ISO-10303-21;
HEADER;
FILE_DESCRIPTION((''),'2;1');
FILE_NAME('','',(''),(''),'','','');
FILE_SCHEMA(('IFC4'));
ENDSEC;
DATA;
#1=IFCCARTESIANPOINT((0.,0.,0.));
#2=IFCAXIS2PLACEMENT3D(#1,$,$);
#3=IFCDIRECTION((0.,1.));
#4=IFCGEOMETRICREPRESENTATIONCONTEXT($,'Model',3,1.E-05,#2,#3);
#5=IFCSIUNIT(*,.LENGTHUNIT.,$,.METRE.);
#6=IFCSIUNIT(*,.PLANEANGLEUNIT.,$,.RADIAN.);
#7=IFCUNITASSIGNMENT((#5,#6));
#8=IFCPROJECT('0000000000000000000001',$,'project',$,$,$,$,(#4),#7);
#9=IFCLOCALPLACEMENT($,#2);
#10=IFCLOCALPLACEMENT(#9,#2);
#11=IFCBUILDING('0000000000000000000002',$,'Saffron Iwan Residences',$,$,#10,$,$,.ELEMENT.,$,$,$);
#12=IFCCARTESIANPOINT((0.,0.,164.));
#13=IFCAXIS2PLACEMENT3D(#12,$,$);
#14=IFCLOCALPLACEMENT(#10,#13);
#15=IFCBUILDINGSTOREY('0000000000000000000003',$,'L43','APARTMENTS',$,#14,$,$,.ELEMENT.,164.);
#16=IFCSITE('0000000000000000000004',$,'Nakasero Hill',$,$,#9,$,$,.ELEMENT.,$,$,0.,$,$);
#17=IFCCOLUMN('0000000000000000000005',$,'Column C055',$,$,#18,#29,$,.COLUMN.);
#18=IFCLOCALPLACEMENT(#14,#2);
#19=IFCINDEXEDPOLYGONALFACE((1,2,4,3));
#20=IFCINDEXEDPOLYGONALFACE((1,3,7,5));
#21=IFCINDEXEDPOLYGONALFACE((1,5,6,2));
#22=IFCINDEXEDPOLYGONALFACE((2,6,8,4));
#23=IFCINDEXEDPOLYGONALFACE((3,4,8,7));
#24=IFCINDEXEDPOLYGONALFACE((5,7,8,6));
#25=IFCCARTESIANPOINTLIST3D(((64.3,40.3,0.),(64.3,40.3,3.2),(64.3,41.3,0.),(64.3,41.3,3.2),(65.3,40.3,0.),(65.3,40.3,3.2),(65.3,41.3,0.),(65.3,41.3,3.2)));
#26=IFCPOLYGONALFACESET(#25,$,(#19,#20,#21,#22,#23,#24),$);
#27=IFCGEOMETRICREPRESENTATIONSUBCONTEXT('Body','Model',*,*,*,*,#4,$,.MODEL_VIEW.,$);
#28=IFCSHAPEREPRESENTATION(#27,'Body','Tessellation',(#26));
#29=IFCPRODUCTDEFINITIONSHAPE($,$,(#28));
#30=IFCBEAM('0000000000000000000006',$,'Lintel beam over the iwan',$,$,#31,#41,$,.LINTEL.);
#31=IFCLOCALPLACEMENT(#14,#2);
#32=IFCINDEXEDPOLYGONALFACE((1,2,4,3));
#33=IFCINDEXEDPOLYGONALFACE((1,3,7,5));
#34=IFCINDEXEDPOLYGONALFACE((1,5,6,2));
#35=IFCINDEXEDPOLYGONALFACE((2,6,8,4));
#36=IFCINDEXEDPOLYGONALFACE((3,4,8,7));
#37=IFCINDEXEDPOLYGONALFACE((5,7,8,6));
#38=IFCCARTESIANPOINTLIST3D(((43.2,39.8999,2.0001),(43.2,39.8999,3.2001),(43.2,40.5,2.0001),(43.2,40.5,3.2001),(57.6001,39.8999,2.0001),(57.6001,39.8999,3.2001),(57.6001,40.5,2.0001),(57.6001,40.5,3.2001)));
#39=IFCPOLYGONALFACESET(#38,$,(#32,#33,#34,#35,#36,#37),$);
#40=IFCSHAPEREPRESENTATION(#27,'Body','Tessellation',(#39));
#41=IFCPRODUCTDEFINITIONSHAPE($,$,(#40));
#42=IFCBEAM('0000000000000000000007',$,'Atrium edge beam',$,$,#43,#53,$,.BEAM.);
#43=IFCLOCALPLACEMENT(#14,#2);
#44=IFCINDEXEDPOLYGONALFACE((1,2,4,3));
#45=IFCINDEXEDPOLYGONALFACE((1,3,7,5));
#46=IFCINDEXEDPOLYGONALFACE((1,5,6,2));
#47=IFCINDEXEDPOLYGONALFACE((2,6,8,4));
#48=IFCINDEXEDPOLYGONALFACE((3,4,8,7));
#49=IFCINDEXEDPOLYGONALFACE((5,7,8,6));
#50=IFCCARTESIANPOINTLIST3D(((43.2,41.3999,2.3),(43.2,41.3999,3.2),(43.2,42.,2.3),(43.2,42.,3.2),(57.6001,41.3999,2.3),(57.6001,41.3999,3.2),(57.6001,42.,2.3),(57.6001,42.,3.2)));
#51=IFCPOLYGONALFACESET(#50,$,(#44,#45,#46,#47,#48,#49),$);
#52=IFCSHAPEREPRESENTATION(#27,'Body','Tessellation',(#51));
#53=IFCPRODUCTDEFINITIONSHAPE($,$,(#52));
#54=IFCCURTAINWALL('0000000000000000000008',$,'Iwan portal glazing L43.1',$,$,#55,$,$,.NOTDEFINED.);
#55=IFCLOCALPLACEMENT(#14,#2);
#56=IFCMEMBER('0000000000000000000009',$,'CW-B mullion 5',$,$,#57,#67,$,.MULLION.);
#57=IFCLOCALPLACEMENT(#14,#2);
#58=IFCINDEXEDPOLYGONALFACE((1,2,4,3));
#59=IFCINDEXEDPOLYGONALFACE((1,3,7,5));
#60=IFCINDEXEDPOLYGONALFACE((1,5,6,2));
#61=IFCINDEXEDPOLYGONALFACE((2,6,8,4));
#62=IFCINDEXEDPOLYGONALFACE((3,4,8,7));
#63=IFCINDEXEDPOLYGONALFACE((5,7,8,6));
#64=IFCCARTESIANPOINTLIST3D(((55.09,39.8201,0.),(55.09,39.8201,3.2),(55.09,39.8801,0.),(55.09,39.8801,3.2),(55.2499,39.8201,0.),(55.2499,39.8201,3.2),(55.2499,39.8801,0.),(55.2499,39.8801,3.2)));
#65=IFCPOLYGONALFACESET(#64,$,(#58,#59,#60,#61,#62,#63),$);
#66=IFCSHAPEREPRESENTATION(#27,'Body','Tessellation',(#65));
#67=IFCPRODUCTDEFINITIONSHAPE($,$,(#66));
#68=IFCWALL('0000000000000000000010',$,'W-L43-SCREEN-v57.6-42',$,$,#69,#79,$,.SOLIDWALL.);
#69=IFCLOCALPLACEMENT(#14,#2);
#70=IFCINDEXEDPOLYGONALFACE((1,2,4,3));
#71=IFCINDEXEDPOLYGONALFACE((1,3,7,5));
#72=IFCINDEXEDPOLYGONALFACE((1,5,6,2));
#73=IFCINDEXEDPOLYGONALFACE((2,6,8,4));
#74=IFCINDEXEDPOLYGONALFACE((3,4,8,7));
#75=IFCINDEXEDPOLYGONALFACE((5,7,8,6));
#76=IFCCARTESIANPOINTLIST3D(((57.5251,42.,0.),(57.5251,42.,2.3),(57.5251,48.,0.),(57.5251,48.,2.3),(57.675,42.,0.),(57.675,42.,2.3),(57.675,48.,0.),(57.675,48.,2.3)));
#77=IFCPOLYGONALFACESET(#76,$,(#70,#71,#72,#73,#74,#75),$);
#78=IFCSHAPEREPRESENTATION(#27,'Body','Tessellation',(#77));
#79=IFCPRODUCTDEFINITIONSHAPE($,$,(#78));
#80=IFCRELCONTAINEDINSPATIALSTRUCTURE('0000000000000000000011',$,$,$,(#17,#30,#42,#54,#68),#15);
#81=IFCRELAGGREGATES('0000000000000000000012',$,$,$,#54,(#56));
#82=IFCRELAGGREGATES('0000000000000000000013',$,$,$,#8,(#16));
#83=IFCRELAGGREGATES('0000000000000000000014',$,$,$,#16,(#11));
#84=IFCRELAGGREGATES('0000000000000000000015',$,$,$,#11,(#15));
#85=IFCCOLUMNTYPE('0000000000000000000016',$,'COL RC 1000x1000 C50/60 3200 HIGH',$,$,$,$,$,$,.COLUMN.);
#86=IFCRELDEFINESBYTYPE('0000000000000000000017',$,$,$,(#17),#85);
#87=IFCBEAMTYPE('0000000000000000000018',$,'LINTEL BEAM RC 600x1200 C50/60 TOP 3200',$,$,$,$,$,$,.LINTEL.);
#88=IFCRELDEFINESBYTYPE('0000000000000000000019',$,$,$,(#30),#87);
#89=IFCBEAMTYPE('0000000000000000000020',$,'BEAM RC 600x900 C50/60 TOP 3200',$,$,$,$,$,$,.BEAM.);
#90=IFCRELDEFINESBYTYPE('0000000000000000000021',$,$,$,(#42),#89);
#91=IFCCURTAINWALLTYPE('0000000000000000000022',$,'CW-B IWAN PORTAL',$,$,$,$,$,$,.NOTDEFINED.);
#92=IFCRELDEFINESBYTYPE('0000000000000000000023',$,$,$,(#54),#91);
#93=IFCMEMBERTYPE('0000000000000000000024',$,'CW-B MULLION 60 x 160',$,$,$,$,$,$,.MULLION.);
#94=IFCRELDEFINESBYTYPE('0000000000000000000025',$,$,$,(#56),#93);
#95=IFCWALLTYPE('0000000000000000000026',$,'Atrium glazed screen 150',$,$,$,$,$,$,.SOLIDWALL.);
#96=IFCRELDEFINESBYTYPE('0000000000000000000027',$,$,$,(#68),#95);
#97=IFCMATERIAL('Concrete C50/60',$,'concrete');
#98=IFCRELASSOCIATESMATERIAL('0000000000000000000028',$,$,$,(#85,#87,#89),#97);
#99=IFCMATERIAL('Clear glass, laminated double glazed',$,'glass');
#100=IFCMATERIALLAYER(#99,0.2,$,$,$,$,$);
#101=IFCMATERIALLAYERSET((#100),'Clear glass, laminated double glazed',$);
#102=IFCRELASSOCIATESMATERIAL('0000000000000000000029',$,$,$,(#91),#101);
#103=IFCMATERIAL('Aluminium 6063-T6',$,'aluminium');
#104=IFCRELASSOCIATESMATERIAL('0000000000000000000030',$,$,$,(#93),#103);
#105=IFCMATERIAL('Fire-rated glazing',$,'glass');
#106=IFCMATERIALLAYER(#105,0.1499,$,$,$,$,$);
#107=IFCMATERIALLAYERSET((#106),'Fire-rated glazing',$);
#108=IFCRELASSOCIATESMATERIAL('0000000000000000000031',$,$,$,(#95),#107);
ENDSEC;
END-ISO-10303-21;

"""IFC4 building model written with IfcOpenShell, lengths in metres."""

from ifc_helpers import new_model, si_unit, direction, frame, frame_2d, origin, origin_2d, place, context, subcontext, project, spatial, rectangle, extrude, source, transform, mapped, material, layer, layer_set, material_profile, profile_set, type_object, element, aggregate, save


model = new_model("IFC4")

# Units and contexts
model_context = context("Model", 3, precision=1e-05, world=origin(), true_north=direction((0.0, 1.0)))
body_context = subcontext(model_context, "Body", "Model", "MODEL_VIEW")
ifc_project = project(units=[si_unit("LENGTHUNIT", "METRE"), si_unit("PLANEANGLEUNIT", "RADIAN")], contexts=[model_context])

# Site, building, storey
site_placement = place(None, origin())
site = spatial("IfcSite", under=ifc_project, at=site_placement, Name="Nakasero Hill", CompositionType="ELEMENT", RefElevation=0.0)
building_placement = place(site_placement, origin())
building = spatial("IfcBuilding", under=site, at=building_placement, Name="Saffron Iwan Residences", CompositionType="ELEMENT")
storey_placement = place(building_placement, frame((0.0, 0.0, 164.0)))
storey = spatial("IfcBuildingStorey", under=building, at=storey_placement, Name="L43", Description="APARTMENTS", CompositionType="ELEMENT", Elevation=164.0)

# Column
ifc_material_1 = material(Name="Concrete C50/60", Category="concrete")
ifc_material_profile_1 = material_profile(ifc_material_1, rectangle(XDim=1.0, YDim=1.0, at=origin_2d()), Name="RC 1000x1000")
ifc_profile_set_1 = profile_set([ifc_material_profile_1], Name="Concrete C50/60")
column_type = type_object("IfcColumnType", Name="COL RC 1000x1000 C50/60 3200 HIGH", PredefinedType="COLUMN", material=ifc_profile_set_1)
shared_shape_1 = source(origin(), body_context, "Body", "SweptSolid", [
    extrude(rectangle(XDim=1.0, YDim=1.0, at=origin_2d()), origin(), (0.0, 0.0, 1.0), 3.2),
])
column_placement = place(storey_placement, frame((64.8, 40.8, 0.0), z_axis=(0.0, 0.0, 1.0), x_axis=(1.0, 0.0, 0.0)))
element("IfcColumn", 1, at=column_placement, inside=storey, type_object=column_type, Name="Column C055", PredefinedType="COLUMN", context=body_context, shape_type="MappedRepresentation", body=[
    mapped(shared_shape_1, transform((0.0, 0.0, 0.0))),
])

# Beams
ifc_material_profile_2 = material_profile(ifc_material_1, rectangle(XDim=0.6001, YDim=1.2, at=origin_2d()), Name="RC 600x1200")
ifc_profile_set_2 = profile_set([ifc_material_profile_2], Name="Concrete C50/60")
beam_type_1 = type_object("IfcBeamType", Name="LINTEL BEAM RC 600x1200 C50/60 TOP 3200", PredefinedType="LINTEL", material=ifc_profile_set_2)
shared_shape_2 = source(origin(), body_context, "Body", "SweptSolid", [
    extrude(rectangle(XDim=0.6001, YDim=1.2, at=origin_2d()), origin(), (0.0, 0.0, 1.0), 14.4001),
])
beam_1_placement = place(storey_placement, frame((57.6001, 40.2, 2.6001), z_axis=(-1.0, 0.0, 0.0), x_axis=(0.0, -1.0, 0.0)))
element("IfcBeam", 2, at=beam_1_placement, inside=storey, type_object=beam_type_1, Name="Lintel beam over the iwan", PredefinedType="LINTEL", context=body_context, shape_type="MappedRepresentation", body=[
    mapped(shared_shape_2, transform((0.0, 0.0, 0.0))),
])
ifc_material_profile_3 = material_profile(ifc_material_1, rectangle(XDim=0.6001, YDim=0.8999, at=origin_2d()), Name="RC 600x900")
ifc_profile_set_3 = profile_set([ifc_material_profile_3], Name="Concrete C50/60")
beam_type_2 = type_object("IfcBeamType", Name="BEAM RC 600x900 C50/60 TOP 3200", PredefinedType="BEAM", material=ifc_profile_set_3)
shared_shape_3 = source(origin(), body_context, "Body", "SweptSolid", [
    extrude(rectangle(XDim=0.6001, YDim=0.8999, at=origin_2d()), origin(), (0.0, 0.0, 1.0), 14.4001),
])
beam_2_placement = place(storey_placement, frame((57.6001, 41.7, 2.75), z_axis=(-1.0, 0.0, 0.0), x_axis=(0.0, -1.0, 0.0)))
element("IfcBeam", 3, at=beam_2_placement, inside=storey, type_object=beam_type_2, Name="Atrium edge beam", PredefinedType="BEAM", context=body_context, shape_type="MappedRepresentation", body=[
    mapped(shared_shape_3, transform((0.0, 0.0, 0.0))),
])

# Curtain wall, member
ifc_material_2 = material(Name="Clear glass, laminated double glazed", Category="glass")
ifc_layer_1 = layer(ifc_material_2, 0.2)
ifc_layer_set_1 = layer_set([ifc_layer_1], Name="Clear glass, laminated double glazed")
curtain_wall_type = type_object("IfcCurtainWallType", Name="CW-B IWAN PORTAL", PredefinedType="NOTDEFINED", material=ifc_layer_set_1)
curtain_wall_placement = place(storey_placement, origin())
curtain_wall = element("IfcCurtainWall", 4, at=curtain_wall_placement, inside=storey, type_object=curtain_wall_type, Name="Iwan portal glazing L43.1", PredefinedType="NOTDEFINED")
ifc_material_3 = material(Name="Aluminium 6063-T6", Category="aluminium")
ifc_material_profile_4 = material_profile(ifc_material_3, rectangle(XDim=0.0601, YDim=0.1599, at=origin_2d()), Name="CW-B MULLION 60 x 160")
ifc_profile_set_4 = profile_set([ifc_material_profile_4], Name="Aluminium 6063-T6")
member_type = type_object("IfcMemberType", Name="CW-B MULLION 60 x 160", PredefinedType="MULLION", material=ifc_profile_set_4)
shared_shape_4 = source(origin(), body_context, "Body", "SweptSolid", [
    extrude(rectangle(XDim=0.0601, YDim=0.1599, at=origin_2d()), origin(), (0.0, 0.0, 1.0), 3.2),
])
member_placement = place(storey_placement, frame((55.1699, 39.8501, 0.0), z_axis=(0.0, 0.0, 1.0), x_axis=(0.0, 1.0, 0.0)))
member = element("IfcMember", 5, at=member_placement, type_object=member_type, Name="CW-B mullion 5", PredefinedType="MULLION", context=body_context, shape_type="MappedRepresentation", body=[
    mapped(shared_shape_4, transform((0.0, 0.0, 0.0))),
])
aggregate(curtain_wall, [member])

# Wall
ifc_material_4 = material(Name="Fire-rated glazing", Category="glass")
ifc_layer_2 = layer(ifc_material_4, 0.1499)
ifc_layer_set_2 = layer_set([ifc_layer_2], Name="Fire-rated glazing")
wall_type_1 = type_object("IfcWallType", Name="Atrium glazed screen 150", PredefinedType="SOLIDWALL", material=ifc_layer_set_2)
wall_1_placement = place(storey_placement, frame((57.6001, 42.0, 0.0), z_axis=(0.0, 0.0, 1.0), x_axis=(0.0, 1.0, 0.0)))
element("IfcWall", 6, at=wall_1_placement, inside=storey, type_object=wall_type_1, Name="W-L43-SCREEN-v57.6-42", PredefinedType="SOLIDWALL", context=body_context, shape_type="SweptSolid", body=[
    extrude(rectangle(XDim=6.0, YDim=0.1499, at=frame_2d((3.0, 0.0))), origin(), (0.0, 0.0, 1.0), 2.3),
])

save(model, "model.ifc")
